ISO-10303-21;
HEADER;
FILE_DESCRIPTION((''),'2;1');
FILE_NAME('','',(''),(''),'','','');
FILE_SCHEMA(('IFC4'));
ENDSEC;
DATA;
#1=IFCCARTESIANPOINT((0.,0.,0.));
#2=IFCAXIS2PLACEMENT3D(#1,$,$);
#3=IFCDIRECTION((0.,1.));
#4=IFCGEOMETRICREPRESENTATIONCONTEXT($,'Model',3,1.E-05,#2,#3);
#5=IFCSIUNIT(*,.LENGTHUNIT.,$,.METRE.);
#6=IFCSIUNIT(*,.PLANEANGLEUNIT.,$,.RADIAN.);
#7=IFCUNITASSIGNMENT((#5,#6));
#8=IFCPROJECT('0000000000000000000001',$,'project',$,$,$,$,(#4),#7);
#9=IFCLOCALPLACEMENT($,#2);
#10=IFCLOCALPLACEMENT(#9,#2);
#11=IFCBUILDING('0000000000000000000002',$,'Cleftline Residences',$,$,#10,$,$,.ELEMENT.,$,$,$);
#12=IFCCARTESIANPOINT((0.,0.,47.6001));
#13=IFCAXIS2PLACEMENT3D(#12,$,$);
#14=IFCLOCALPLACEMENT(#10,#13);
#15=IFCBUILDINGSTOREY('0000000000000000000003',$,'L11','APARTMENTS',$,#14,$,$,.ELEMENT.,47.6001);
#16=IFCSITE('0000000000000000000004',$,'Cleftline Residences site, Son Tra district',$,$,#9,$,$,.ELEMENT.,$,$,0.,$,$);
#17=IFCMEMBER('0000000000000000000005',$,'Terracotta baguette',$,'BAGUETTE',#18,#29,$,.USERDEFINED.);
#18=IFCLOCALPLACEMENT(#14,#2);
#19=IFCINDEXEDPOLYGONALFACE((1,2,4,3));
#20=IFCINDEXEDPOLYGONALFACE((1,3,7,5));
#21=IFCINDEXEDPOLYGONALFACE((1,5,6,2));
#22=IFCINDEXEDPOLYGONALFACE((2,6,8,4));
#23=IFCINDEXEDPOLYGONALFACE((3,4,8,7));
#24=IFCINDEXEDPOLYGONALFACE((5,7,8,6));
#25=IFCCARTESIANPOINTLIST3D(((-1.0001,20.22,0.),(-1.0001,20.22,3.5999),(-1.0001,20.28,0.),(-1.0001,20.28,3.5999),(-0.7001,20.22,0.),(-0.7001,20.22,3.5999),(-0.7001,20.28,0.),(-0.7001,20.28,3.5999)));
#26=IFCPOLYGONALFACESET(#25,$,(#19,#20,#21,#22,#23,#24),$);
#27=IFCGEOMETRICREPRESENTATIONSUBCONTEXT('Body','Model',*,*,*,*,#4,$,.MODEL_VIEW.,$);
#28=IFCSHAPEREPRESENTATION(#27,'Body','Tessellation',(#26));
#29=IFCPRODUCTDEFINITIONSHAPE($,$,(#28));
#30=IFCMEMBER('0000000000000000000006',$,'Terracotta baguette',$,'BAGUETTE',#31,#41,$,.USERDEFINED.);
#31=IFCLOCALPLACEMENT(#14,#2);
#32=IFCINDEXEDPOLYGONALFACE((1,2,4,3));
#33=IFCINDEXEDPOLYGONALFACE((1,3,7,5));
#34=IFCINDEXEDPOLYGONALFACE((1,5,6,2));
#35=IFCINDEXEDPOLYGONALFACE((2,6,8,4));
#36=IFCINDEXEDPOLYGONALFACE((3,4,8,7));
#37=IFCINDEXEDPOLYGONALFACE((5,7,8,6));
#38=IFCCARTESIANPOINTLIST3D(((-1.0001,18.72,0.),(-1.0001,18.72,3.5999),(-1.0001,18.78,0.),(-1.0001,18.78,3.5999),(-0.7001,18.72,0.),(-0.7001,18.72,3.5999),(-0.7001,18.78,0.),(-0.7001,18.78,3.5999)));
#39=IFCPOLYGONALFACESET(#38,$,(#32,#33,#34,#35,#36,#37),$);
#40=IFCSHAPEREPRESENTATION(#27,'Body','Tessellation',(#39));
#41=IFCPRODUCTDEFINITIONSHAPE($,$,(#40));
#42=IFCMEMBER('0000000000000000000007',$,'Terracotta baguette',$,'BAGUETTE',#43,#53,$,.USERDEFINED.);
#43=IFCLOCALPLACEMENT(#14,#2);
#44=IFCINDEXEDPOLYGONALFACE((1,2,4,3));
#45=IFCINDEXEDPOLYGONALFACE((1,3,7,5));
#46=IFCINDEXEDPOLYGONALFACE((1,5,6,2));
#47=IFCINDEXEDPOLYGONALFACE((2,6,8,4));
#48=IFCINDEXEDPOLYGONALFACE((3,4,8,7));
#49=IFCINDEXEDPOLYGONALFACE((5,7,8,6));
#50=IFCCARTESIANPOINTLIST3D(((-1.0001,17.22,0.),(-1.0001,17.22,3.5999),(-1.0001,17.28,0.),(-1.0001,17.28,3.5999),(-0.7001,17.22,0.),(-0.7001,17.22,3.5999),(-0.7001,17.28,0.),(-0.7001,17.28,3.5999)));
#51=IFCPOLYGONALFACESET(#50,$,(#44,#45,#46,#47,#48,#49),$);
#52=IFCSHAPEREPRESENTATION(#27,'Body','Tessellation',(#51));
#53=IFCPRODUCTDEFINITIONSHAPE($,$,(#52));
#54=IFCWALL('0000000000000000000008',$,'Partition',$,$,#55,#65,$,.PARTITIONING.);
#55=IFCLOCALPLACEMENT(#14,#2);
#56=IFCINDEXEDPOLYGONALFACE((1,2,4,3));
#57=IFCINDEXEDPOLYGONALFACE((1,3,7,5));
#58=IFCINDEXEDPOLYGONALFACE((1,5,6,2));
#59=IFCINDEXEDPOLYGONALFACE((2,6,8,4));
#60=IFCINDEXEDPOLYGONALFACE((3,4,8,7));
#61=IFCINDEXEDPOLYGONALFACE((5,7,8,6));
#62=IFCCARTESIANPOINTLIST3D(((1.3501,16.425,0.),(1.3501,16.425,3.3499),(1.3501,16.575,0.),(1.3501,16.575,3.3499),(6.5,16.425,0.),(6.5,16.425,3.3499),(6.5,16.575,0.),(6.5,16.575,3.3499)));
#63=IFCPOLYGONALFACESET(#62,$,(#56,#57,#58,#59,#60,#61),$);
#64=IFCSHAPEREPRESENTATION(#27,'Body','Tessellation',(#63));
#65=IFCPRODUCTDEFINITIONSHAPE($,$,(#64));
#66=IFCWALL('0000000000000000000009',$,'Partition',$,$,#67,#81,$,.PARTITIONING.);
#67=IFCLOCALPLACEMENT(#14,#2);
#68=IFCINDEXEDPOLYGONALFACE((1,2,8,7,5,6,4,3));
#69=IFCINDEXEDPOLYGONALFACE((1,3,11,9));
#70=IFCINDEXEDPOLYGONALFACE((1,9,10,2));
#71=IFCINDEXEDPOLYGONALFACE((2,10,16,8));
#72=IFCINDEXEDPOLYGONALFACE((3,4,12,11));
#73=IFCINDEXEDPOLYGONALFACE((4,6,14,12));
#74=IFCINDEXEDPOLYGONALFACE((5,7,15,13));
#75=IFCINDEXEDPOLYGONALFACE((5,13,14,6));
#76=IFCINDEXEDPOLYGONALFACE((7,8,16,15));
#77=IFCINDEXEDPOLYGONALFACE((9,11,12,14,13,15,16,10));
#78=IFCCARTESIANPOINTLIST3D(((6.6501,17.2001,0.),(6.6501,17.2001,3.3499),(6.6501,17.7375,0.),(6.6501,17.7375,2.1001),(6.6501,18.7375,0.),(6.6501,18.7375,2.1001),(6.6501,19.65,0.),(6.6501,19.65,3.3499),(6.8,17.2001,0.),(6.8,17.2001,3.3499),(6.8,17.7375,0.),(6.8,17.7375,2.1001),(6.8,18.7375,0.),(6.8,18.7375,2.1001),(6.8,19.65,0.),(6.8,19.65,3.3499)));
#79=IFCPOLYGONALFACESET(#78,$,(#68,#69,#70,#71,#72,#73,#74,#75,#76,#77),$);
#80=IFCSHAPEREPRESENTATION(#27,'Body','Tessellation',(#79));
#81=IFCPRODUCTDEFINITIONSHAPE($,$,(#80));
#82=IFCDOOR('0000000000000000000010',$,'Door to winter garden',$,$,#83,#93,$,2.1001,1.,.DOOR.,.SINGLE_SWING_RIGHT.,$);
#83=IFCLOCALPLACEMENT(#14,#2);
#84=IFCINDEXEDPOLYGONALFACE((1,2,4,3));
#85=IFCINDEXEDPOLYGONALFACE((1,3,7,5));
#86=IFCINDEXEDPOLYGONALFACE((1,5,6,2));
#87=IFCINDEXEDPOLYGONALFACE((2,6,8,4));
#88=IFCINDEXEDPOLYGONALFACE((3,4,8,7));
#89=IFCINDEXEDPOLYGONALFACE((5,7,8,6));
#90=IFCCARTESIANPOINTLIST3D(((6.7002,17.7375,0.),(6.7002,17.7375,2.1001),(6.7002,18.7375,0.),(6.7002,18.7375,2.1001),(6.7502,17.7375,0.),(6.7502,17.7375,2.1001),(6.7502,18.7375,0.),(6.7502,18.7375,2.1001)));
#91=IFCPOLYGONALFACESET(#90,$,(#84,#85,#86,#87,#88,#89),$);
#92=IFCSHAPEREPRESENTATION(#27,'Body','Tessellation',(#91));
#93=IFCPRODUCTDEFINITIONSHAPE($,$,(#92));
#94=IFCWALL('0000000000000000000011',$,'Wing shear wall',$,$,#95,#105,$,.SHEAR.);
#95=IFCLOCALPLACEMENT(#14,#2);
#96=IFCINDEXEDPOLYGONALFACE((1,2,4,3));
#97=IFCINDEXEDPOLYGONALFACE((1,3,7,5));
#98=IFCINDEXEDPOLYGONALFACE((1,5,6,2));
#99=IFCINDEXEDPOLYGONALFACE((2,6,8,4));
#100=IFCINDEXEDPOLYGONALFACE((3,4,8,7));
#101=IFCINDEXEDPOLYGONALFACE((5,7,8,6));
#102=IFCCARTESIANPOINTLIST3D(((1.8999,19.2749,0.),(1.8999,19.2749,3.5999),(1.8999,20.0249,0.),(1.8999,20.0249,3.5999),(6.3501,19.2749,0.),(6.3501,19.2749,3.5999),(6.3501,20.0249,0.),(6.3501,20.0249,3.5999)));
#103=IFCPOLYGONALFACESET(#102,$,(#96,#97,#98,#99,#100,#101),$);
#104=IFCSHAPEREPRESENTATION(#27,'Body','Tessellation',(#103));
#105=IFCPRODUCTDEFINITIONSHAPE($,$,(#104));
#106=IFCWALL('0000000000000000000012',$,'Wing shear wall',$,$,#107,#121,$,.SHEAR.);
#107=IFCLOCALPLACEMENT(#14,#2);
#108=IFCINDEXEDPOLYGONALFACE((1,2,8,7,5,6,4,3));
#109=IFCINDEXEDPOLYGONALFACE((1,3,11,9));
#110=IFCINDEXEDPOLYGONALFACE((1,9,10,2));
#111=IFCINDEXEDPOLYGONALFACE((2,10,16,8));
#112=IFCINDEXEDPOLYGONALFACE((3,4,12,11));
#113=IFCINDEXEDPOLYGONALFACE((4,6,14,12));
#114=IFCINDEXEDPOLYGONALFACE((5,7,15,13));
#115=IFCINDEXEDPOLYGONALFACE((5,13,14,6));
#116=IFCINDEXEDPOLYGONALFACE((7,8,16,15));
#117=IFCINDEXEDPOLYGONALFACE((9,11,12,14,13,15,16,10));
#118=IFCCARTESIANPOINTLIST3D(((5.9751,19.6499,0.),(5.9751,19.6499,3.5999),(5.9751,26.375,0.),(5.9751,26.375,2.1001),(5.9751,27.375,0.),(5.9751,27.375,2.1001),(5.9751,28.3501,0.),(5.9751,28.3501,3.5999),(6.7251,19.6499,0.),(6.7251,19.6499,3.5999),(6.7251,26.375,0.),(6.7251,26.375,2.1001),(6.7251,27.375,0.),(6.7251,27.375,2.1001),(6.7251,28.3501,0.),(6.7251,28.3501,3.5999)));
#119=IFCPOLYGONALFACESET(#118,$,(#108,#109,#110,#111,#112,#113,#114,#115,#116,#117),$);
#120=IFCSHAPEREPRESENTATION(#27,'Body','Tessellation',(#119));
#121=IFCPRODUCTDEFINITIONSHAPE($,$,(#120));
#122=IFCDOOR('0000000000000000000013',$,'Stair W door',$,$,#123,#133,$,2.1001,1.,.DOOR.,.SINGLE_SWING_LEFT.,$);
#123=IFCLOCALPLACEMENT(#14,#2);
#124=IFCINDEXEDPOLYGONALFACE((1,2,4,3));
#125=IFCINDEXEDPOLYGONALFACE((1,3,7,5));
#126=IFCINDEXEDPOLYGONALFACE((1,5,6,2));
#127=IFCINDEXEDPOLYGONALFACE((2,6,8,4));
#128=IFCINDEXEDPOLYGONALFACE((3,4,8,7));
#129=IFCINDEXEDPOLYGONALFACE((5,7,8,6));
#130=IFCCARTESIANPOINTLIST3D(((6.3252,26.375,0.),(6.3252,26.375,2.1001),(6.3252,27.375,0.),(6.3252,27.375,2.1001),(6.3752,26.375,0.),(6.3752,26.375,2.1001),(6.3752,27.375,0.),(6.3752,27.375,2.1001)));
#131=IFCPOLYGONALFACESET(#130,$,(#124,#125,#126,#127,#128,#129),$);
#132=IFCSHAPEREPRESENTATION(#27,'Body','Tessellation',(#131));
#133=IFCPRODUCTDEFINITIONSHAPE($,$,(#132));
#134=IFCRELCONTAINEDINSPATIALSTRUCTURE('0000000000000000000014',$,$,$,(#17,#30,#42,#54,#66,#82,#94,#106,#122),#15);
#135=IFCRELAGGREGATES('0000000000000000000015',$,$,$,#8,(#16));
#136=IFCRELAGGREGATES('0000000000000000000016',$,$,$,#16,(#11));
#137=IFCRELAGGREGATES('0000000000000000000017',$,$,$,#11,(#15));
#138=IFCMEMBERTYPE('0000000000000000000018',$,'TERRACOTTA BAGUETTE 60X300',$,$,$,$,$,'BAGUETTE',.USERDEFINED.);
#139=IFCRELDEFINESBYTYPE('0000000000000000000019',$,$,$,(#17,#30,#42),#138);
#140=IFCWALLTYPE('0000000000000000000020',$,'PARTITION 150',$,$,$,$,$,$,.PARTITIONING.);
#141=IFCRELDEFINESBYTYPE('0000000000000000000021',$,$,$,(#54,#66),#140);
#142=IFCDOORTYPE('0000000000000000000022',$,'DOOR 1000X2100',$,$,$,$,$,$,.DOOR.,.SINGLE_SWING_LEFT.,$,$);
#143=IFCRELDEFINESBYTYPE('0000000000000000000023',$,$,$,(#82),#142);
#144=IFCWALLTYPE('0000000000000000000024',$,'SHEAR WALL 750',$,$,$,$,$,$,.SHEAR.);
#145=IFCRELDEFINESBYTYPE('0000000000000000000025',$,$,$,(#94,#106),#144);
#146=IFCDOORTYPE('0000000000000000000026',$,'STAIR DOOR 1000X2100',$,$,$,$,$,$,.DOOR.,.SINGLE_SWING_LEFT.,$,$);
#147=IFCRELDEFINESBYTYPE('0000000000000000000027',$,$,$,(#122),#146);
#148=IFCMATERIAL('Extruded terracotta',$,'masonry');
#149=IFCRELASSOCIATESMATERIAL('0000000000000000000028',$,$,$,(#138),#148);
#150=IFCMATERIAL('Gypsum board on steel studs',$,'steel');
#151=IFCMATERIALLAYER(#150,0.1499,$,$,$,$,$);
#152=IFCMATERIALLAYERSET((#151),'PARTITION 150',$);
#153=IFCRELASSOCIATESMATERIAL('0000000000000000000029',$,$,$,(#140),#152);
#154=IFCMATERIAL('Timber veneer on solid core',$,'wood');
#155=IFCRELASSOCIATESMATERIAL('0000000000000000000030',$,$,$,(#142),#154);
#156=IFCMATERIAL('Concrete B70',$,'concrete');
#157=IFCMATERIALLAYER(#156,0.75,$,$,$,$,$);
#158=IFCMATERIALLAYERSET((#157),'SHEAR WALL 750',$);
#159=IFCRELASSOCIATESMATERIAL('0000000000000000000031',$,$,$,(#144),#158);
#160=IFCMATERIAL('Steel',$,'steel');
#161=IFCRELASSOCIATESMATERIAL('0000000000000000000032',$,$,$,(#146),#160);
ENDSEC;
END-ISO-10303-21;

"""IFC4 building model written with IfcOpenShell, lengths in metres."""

from ifc_helpers import new_model, si_unit, direction, frame, frame_2d, origin, origin_2d, place, context, subcontext, project, spatial, rectangle, extrude, material, layer, layer_set, material_profile, profile_set, type_object, element, fill, save


model = new_model("IFC4")

# Units and contexts
model_context = context("Model", 3, precision=1e-05, world=origin(), true_north=direction((0.0, 1.0)))
body_context = subcontext(model_context, "Body", "Model", "MODEL_VIEW")
ifc_project = project(units=[si_unit("LENGTHUNIT", "METRE"), si_unit("PLANEANGLEUNIT", "RADIAN")], contexts=[model_context])

# Site, building, storey
site_placement = place(None, origin())
site = spatial("IfcSite", under=ifc_project, at=site_placement, Name="Cleftline Residences site, Son Tra district", CompositionType="ELEMENT", RefElevation=0.0)
building_placement = place(site_placement, origin())
building = spatial("IfcBuilding", under=site, at=building_placement, Name="Cleftline Residences", CompositionType="ELEMENT")
storey_placement = place(building_placement, frame((0.0, 0.0, 47.6001)))
storey = spatial("IfcBuildingStorey", under=building, at=storey_placement, Name="L11", Description="APARTMENTS", CompositionType="ELEMENT", Elevation=47.6001)

# Members
ifc_material_1 = material(Name="Extruded terracotta", Category="masonry")
ifc_material_profile_1 = material_profile(ifc_material_1, rectangle(XDim=0.0601, YDim=0.3, at=origin_2d()))
ifc_profile_set_1 = profile_set([ifc_material_profile_1], Name="Extruded terracotta")
member_type = type_object("IfcMemberType", Name="TERRACOTTA BAGUETTE 60X300", ElementType="BAGUETTE", PredefinedType="USERDEFINED", material=ifc_profile_set_1)
for number, where, z_axis, x_axis, name in (
    (1, (-0.8501, 20.25, 0.0), (0.0, 0.0, 1.0), (0.0, 1.0, 0.0), "Terracotta baguette"),
    (2, (-0.8501, 18.75, 0.0), (0.0, 0.0, 1.0), (0.0, 1.0, 0.0), "Terracotta baguette"),
    (3, (-0.8501, 17.25, 0.0), (0.0, 0.0, 1.0), (0.0, 1.0, 0.0), "Terracotta baguette"),
):
    element("IfcMember", number, at=place(storey_placement, frame(where, z_axis=z_axis, x_axis=x_axis)), inside=storey, type_object=member_type, Name=name, ObjectType="BAGUETTE", PredefinedType="USERDEFINED", context=body_context, shape_type="SweptSolid", body=[
        extrude(rectangle(XDim=0.0601, YDim=0.3, at=origin_2d()), origin(), (0.0, 0.0, 1.0), 3.5999),
    ])

# Wall
ifc_material_2 = material(Name="Gypsum board on steel studs", Category="steel")
ifc_layer_1 = layer(ifc_material_2, 0.1499)
ifc_layer_set_1 = layer_set([ifc_layer_1], Name="PARTITION 150")
wall_type_1 = type_object("IfcWallType", Name="PARTITION 150", PredefinedType="PARTITIONING", material=ifc_layer_set_1)
wall_1_placement = place(storey_placement, frame((1.3501, 16.5, 0.0), z_axis=(0.0, 0.0, 1.0), x_axis=(1.0, 0.0, 0.0)))
element("IfcWall", 4, at=wall_1_placement, inside=storey, type_object=wall_type_1, Name="Partition", PredefinedType="PARTITIONING", context=body_context, shape_type="SweptSolid", body=[
    extrude(rectangle(XDim=5.1499, YDim=0.1499, at=frame_2d((2.575, 0.0))), origin(), (0.0, 0.0, 1.0), 3.3499),
])

# Wall, opening, door
wall_2_placement = place(storey_placement, frame((6.7251, 17.2, 0.0), z_axis=(0.0, 0.0, 1.0), x_axis=(0.0, 1.0, 0.0)))
wall_2 = element("IfcWall", 5, at=wall_2_placement, inside=storey, type_object=wall_type_1, Name="Partition", PredefinedType="PARTITIONING", context=body_context, shape_type="SweptSolid", body=[
    extrude(rectangle(XDim=2.45, YDim=0.1499, at=frame_2d((1.2251, 0.0))), origin(), (0.0, 0.0, 1.0), 3.3499),
])
opening_1_placement = place(wall_2_placement, frame((0.5376, 0.0, 0.0)))
opening_1 = element("IfcOpeningElement", 6, at=opening_1_placement, cuts=wall_2, PredefinedType="OPENING", context=body_context, shape_type="SweptSolid", body=[
    extrude(rectangle(XDim=1.0, YDim=2.1001, at=frame_2d((0.5, 1.05))), frame((0.0, 0.085, 0.0), z_axis=(0.0, -1.0, 0.0), x_axis=(1.0, 0.0, 0.0)), (0.0, 0.0, 1.0), 0.1699),
])
ifc_material_3 = material(Name="Timber veneer on solid core", Category="wood")
door_type_1 = type_object("IfcDoorType", Name="DOOR 1000X2100", OperationType="SINGLE_SWING_LEFT", PredefinedType="DOOR", material=ifc_material_3)
door_1_placement = place(opening_1_placement, origin())
door_1 = element("IfcDoor", 7, at=door_1_placement, inside=storey, type_object=door_type_1, Name="Door to winter garden", OperationType="SINGLE_SWING_RIGHT", OverallHeight=2.1001, OverallWidth=1.0, PredefinedType="DOOR", context=body_context, shape_type="SweptSolid", body=[
    extrude(rectangle(XDim=1.0, YDim=2.1001, at=frame_2d((0.5, 1.05))), frame((0.0, 0.0249, 0.0), z_axis=(0.0, -1.0, 0.0), x_axis=(1.0, 0.0, 0.0)), (0.0, 0.0, 1.0), 0.05),
])
fill(opening_1, door_1)

# Wall
ifc_material_4 = material(Name="Concrete B70", Category="concrete")
ifc_layer_2 = layer(ifc_material_4, 0.75)
ifc_layer_set_2 = layer_set([ifc_layer_2], Name="SHEAR WALL 750")
wall_type_2 = type_object("IfcWallType", Name="SHEAR WALL 750", PredefinedType="SHEAR", material=ifc_layer_set_2)
wall_3_placement = place(storey_placement, frame((1.8999, 19.6499, 0.0), z_axis=(0.0, 0.0, 1.0), x_axis=(1.0, 0.0, 0.0)))
element("IfcWall", 8, at=wall_3_placement, inside=storey, type_object=wall_type_2, Name="Wing shear wall", PredefinedType="SHEAR", context=body_context, shape_type="SweptSolid", body=[
    extrude(rectangle(XDim=4.4502, YDim=0.75, at=frame_2d((2.2251, 0.0))), origin(), (0.0, 0.0, 1.0), 3.5999),
])

# Wall, opening, door
wall_4_placement = place(storey_placement, frame((6.3501, 19.6499, 0.0), z_axis=(0.0, 0.0, 1.0), x_axis=(0.0, 1.0, 0.0)))
wall_4 = element("IfcWall", 9, at=wall_4_placement, inside=storey, type_object=wall_type_2, Name="Wing shear wall", PredefinedType="SHEAR", context=body_context, shape_type="SweptSolid", body=[
    extrude(rectangle(XDim=8.7002, YDim=0.75, at=frame_2d((4.3501, 0.0))), origin(), (0.0, 0.0, 1.0), 3.5999),
])
opening_2_placement = place(wall_4_placement, frame((6.7251, 0.0, 0.0)))
opening_2 = element("IfcOpeningElement", 10, at=opening_2_placement, cuts=wall_4, PredefinedType="OPENING", context=body_context, shape_type="SweptSolid", body=[
    extrude(rectangle(XDim=1.0, YDim=2.1001, at=frame_2d((0.5, 1.05))), frame((0.0, 0.385, 0.0), z_axis=(0.0, -1.0, 0.0), x_axis=(1.0, 0.0, 0.0)), (0.0, 0.0, 1.0), 0.77),
])
ifc_material_5 = material(Name="Steel", Category="steel")
door_type_2 = type_object("IfcDoorType", Name="STAIR DOOR 1000X2100", OperationType="SINGLE_SWING_LEFT", PredefinedType="DOOR", material=ifc_material_5)
door_2_placement = place(opening_2_placement, origin())
door_2 = element("IfcDoor", 11, at=door_2_placement, inside=storey, type_object=door_type_2, Name="Stair W door", OperationType="SINGLE_SWING_LEFT", OverallHeight=2.1001, OverallWidth=1.0, PredefinedType="DOOR", context=body_context, shape_type="SweptSolid", body=[
    extrude(rectangle(XDim=1.0, YDim=2.1001, at=frame_2d((0.5, 1.05))), frame((0.0, 0.0249, 0.0), z_axis=(0.0, -1.0, 0.0), x_axis=(1.0, 0.0, 0.0)), (0.0, 0.0, 1.0), 0.05),
])
fill(opening_2, door_2)

save(model, "model.ifc")
